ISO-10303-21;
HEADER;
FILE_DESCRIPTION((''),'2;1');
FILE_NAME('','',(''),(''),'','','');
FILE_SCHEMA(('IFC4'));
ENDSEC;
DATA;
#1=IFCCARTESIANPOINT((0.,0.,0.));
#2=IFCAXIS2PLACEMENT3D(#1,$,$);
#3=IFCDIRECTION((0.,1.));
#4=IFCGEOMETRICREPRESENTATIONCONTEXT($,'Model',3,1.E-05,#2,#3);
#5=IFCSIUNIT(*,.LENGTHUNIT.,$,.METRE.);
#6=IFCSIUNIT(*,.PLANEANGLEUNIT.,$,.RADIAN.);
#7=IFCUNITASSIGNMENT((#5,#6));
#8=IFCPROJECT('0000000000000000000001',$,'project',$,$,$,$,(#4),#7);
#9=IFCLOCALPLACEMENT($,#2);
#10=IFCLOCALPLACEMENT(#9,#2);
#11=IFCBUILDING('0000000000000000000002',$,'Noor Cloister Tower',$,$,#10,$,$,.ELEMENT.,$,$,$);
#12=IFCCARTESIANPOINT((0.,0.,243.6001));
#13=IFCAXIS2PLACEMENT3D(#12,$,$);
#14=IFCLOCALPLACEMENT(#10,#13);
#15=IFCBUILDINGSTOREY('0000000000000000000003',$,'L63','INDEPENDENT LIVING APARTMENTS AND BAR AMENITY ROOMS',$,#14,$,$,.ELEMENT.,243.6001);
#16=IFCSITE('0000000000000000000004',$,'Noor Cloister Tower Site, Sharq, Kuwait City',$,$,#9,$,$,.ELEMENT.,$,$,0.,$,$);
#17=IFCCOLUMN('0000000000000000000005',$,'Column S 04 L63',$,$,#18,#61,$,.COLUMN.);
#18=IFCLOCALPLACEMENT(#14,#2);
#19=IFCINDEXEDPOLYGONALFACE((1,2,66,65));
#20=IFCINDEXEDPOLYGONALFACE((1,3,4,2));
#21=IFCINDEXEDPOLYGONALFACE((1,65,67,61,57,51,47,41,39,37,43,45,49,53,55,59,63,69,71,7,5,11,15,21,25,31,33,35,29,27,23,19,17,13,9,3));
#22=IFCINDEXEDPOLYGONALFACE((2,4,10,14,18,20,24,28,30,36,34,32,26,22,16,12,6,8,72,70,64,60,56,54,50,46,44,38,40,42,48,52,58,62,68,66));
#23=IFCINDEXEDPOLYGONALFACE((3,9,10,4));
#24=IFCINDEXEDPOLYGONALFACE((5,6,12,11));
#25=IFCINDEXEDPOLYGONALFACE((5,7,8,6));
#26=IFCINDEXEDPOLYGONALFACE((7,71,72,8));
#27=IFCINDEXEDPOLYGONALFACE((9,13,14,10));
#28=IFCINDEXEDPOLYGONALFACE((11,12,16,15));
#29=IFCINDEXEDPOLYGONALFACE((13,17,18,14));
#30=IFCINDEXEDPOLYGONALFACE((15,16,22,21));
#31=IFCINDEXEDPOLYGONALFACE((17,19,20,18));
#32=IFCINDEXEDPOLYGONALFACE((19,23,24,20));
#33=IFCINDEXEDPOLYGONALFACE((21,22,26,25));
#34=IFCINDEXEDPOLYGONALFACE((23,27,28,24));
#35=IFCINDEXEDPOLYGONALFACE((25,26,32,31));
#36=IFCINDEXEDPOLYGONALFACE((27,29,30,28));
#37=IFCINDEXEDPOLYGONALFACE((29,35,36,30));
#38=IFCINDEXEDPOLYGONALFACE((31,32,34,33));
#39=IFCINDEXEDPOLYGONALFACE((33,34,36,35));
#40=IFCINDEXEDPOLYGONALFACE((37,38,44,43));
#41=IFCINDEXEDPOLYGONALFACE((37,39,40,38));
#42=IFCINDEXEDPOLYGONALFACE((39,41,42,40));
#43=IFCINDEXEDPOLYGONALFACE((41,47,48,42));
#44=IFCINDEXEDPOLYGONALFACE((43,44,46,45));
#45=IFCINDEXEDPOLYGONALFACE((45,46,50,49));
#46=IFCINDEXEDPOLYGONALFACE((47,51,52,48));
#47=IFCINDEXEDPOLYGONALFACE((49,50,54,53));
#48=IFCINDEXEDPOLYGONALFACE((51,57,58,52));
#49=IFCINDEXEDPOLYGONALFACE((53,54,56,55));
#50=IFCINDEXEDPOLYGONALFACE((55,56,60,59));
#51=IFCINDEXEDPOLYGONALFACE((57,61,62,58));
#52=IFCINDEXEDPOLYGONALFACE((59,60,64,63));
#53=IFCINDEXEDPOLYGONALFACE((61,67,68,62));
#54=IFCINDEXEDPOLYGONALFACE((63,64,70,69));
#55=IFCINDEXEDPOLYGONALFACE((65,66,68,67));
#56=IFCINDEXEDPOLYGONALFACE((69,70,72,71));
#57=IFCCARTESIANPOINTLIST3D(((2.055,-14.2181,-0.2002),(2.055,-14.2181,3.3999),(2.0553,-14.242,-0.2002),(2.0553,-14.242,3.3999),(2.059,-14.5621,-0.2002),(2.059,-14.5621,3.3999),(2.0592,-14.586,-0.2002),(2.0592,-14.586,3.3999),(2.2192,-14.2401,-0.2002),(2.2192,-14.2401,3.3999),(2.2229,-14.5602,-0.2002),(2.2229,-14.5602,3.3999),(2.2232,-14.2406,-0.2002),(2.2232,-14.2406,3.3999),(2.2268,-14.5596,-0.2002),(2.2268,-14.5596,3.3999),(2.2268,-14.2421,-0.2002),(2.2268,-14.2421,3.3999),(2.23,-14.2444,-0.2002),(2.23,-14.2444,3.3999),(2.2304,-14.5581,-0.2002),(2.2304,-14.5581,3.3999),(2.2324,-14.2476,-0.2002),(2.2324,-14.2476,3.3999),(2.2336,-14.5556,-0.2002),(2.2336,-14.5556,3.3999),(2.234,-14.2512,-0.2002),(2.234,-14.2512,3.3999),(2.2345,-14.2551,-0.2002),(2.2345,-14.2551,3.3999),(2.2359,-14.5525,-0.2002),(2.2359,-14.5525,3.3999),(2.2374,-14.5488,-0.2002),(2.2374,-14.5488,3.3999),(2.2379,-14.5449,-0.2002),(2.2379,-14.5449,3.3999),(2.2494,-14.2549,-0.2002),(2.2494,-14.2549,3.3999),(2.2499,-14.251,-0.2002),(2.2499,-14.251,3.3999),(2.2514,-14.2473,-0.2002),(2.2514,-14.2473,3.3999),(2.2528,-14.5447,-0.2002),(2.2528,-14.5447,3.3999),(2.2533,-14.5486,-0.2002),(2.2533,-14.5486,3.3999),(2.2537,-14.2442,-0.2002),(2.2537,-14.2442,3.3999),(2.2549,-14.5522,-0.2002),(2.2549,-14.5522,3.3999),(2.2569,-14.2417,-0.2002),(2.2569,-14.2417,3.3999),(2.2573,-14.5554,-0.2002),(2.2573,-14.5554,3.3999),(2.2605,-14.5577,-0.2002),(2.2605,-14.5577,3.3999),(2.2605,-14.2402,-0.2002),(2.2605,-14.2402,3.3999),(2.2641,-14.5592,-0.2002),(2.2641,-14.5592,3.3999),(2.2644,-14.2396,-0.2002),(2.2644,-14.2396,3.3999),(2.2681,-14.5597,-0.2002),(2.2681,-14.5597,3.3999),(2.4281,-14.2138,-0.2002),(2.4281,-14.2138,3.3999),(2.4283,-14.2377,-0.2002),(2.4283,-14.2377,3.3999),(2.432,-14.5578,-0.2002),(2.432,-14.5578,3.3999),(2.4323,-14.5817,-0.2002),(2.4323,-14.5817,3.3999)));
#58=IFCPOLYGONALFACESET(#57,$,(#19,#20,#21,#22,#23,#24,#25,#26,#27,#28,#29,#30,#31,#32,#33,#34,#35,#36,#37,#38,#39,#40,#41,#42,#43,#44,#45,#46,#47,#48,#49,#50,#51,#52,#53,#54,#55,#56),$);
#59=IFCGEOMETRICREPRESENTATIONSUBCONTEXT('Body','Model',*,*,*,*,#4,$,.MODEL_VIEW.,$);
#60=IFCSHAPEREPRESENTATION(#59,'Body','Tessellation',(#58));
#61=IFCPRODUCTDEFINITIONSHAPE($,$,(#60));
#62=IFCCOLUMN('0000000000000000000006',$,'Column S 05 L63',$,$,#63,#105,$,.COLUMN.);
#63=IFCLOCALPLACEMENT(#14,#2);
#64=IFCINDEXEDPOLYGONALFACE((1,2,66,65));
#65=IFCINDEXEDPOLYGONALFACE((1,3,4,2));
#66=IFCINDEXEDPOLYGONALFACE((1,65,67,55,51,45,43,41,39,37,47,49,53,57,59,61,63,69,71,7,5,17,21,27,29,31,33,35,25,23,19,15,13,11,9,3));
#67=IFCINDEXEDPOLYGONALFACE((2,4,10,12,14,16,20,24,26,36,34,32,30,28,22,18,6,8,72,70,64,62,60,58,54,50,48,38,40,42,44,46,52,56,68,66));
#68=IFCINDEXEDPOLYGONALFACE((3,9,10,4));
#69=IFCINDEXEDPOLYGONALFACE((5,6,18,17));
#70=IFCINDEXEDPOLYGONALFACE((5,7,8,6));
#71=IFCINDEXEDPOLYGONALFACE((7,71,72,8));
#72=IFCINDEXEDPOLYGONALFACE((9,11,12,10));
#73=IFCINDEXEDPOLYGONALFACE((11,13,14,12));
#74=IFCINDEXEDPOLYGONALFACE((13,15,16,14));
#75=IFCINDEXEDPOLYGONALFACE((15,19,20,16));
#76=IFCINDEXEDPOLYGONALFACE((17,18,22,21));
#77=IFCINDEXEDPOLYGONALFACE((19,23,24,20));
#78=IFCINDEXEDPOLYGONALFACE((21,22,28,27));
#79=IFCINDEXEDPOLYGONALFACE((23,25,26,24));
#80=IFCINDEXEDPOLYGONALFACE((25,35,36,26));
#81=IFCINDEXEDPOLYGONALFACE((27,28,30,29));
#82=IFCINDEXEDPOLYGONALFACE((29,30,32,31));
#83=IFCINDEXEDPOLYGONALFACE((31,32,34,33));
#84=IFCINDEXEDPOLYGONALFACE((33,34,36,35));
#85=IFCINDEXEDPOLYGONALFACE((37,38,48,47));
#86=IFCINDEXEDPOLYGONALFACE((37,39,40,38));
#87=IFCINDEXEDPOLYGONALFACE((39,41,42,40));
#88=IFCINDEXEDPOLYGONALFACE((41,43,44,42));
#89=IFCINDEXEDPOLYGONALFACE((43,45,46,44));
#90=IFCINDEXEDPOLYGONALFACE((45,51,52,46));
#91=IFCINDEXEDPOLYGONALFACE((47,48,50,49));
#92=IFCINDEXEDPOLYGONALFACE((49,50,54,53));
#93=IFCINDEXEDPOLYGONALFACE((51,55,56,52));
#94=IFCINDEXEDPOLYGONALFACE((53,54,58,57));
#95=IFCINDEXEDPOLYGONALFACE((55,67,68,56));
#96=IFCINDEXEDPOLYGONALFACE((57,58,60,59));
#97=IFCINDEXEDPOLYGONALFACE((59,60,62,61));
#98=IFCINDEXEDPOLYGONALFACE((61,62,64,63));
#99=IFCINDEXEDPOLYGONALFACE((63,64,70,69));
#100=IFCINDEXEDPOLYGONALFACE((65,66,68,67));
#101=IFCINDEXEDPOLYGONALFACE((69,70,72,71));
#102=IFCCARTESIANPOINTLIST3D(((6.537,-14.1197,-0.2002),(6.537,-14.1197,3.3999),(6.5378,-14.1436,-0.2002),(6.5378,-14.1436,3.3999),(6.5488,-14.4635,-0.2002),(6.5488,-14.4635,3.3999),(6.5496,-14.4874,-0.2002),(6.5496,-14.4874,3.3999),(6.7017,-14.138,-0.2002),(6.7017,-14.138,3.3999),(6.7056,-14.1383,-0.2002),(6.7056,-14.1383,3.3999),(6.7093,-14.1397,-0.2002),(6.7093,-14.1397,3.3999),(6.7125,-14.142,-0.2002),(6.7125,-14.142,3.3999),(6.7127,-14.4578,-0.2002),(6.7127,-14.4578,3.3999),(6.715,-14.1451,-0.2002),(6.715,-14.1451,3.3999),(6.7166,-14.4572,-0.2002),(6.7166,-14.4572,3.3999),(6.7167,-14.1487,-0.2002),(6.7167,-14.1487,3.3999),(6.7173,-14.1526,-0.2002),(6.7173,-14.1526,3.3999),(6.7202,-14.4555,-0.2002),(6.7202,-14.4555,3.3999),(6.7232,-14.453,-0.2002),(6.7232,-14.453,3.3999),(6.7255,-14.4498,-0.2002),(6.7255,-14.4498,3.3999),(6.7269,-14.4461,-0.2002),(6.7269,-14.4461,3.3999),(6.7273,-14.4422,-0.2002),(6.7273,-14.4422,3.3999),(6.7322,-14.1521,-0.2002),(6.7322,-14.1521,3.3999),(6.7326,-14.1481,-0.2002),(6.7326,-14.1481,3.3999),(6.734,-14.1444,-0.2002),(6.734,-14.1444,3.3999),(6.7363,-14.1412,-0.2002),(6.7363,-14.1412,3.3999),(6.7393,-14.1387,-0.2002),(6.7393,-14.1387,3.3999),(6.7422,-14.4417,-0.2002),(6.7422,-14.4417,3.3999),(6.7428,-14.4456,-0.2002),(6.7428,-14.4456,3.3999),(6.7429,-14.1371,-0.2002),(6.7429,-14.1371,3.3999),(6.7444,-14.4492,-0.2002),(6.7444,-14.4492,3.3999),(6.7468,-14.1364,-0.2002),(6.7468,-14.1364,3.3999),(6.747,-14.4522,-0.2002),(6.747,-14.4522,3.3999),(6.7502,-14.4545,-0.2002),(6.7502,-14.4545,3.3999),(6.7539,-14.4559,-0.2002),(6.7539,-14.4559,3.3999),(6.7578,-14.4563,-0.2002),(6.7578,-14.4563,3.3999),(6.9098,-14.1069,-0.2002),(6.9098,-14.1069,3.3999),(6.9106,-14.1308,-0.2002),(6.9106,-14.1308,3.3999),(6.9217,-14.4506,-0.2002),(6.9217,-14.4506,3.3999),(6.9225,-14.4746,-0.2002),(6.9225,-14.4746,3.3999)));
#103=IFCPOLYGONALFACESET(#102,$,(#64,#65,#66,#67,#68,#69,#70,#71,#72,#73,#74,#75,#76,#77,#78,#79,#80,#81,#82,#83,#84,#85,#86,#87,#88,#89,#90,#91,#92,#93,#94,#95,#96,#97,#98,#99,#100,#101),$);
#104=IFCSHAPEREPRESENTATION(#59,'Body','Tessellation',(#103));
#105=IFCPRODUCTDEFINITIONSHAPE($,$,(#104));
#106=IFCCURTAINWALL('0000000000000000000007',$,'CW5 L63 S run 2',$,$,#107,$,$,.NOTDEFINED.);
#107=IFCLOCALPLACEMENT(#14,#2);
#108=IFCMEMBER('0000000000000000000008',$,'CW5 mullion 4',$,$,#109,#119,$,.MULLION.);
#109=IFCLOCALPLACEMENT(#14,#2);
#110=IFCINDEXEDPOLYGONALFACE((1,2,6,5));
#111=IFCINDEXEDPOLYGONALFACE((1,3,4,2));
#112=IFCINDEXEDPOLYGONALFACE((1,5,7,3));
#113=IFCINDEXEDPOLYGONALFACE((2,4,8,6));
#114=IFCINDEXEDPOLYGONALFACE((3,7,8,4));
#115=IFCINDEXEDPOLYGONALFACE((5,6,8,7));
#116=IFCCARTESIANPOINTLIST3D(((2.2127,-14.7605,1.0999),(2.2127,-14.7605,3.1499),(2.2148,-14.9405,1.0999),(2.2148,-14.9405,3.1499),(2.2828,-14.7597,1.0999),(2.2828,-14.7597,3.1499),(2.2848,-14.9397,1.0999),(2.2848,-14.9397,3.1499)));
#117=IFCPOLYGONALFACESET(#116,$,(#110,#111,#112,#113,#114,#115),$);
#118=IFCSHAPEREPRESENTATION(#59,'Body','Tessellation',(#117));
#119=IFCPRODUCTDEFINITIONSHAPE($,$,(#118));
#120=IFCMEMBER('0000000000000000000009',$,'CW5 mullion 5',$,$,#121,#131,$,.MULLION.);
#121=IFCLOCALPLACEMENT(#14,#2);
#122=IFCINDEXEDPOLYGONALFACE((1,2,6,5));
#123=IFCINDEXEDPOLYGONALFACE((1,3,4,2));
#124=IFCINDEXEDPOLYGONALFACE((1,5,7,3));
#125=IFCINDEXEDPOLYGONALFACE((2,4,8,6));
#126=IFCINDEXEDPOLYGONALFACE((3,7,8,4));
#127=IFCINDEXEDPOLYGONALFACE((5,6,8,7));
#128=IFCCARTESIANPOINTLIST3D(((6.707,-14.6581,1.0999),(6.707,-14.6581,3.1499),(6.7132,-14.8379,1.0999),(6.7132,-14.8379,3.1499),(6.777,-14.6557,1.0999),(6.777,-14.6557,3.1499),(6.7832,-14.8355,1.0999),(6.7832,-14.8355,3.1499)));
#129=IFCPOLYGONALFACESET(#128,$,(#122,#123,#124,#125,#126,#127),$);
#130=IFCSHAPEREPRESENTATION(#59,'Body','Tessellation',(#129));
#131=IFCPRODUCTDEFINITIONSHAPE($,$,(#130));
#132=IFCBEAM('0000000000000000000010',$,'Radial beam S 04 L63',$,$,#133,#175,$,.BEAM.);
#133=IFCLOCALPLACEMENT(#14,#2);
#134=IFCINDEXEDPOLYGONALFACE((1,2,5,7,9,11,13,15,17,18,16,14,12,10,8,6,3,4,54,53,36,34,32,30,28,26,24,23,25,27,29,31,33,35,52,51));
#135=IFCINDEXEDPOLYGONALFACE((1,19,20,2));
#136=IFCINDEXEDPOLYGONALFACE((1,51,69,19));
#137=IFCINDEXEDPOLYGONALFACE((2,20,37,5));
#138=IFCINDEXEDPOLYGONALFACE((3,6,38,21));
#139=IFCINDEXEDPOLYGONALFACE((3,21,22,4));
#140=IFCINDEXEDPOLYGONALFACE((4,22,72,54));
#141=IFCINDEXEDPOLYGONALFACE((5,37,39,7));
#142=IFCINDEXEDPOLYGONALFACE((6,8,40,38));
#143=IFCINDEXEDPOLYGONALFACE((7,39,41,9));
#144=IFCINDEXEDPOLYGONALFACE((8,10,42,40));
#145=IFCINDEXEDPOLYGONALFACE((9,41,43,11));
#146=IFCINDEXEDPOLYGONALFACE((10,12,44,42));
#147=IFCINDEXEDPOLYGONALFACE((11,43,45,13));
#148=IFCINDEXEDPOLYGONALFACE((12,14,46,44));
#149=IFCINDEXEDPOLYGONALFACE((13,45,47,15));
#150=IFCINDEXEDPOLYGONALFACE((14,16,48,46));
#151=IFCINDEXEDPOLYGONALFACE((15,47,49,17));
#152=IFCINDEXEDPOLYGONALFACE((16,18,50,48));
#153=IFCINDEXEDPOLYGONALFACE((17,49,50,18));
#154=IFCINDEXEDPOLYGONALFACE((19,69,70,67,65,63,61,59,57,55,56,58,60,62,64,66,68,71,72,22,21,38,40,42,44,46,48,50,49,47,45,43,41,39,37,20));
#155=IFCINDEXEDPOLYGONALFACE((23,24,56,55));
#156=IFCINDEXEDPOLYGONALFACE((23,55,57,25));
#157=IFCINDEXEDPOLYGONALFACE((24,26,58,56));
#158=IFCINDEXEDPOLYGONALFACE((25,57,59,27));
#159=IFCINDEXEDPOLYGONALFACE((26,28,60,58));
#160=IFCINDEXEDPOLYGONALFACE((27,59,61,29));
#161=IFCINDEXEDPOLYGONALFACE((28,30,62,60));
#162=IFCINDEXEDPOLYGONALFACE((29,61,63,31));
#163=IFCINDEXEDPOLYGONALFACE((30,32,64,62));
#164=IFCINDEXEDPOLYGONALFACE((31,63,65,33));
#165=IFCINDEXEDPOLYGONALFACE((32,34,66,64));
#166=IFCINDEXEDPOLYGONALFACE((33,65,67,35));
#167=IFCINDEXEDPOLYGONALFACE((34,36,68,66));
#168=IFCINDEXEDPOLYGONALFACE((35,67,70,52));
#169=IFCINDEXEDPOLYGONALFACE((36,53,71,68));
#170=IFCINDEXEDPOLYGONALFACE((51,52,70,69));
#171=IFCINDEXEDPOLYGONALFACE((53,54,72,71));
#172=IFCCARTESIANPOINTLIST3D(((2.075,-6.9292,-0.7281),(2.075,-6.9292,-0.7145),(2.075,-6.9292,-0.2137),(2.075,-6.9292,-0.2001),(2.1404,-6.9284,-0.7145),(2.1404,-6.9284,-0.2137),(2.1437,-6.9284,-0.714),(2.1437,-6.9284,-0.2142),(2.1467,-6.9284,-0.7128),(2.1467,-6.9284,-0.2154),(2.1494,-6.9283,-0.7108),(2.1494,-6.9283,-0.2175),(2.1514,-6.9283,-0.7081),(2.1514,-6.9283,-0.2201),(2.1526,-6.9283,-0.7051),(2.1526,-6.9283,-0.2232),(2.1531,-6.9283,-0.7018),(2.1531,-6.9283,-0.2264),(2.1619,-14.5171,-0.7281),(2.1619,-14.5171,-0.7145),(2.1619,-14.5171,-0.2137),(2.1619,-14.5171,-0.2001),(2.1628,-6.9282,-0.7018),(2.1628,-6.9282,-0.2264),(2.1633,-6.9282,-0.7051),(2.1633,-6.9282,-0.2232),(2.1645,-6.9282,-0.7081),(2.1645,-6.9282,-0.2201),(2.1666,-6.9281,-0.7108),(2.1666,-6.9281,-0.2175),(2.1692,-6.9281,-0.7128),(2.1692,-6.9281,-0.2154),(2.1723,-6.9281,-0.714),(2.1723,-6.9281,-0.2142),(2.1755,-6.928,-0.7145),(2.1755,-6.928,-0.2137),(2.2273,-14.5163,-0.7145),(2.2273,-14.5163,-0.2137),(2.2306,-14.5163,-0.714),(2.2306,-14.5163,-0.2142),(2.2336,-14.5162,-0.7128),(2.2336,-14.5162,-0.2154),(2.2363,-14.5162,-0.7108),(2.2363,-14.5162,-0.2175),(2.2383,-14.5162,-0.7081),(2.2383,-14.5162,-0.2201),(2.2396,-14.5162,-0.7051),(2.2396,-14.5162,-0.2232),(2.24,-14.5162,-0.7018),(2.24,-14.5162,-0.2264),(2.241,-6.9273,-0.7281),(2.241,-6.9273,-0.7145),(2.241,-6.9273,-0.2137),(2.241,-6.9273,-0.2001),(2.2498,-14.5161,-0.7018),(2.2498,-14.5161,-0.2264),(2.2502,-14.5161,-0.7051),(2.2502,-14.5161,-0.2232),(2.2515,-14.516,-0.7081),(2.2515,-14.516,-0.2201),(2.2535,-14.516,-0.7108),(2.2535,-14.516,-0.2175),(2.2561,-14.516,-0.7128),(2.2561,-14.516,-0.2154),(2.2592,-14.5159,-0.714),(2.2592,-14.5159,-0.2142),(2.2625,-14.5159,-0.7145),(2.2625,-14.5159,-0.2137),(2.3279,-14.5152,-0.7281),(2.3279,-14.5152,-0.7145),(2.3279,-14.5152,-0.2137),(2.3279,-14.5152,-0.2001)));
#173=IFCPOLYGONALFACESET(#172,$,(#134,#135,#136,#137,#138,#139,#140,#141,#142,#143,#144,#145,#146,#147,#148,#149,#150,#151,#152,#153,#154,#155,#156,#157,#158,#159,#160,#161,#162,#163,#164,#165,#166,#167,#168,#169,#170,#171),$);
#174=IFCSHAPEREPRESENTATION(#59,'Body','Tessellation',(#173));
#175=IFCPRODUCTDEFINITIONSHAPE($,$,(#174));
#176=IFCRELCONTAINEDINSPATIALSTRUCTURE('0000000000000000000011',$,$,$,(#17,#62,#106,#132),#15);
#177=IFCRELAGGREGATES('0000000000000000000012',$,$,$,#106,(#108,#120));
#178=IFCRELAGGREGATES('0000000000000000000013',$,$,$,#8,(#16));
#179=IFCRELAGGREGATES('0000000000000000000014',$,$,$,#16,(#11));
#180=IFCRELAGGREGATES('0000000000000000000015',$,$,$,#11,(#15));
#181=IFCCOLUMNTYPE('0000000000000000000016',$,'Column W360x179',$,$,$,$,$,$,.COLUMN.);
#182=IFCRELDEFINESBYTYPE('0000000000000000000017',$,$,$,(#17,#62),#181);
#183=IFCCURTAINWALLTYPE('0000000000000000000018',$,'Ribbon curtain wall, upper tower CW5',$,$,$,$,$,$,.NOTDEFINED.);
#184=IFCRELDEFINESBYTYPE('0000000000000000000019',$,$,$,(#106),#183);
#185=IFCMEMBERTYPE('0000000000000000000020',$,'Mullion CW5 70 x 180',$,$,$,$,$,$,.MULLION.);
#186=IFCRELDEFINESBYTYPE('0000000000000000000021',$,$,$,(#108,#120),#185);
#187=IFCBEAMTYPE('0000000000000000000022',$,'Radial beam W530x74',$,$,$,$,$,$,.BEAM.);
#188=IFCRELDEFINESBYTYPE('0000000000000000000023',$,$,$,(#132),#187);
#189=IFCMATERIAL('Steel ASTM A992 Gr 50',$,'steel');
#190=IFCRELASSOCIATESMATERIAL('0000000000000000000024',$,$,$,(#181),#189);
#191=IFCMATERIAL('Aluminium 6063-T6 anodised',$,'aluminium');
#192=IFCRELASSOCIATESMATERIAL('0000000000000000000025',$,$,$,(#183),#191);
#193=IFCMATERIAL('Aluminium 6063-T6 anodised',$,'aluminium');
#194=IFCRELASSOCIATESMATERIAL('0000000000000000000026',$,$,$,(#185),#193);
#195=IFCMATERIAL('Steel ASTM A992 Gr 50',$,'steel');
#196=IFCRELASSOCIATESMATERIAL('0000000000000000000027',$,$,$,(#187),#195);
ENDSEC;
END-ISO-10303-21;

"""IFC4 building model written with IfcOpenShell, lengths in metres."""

from ifc_helpers import new_model, si_unit, direction, frame, origin, origin_2d, place, context, subcontext, project, spatial, rectangle, i_section, extrude, material, material_profile, profile_set, type_object, element, aggregate, save


model = new_model("IFC4")

# Units and contexts
model_context = context("Model", 3, precision=1e-05, world=origin(), true_north=direction((0.0, 1.0)))
body_context = subcontext(model_context, "Body", "Model", "MODEL_VIEW")
ifc_project = project(units=[si_unit("LENGTHUNIT", "METRE"), si_unit("PLANEANGLEUNIT", "RADIAN")], contexts=[model_context])

# Site, building, storey
site_placement = place(None, origin())
site = spatial("IfcSite", under=ifc_project, at=site_placement, Name="Noor Cloister Tower Site, Sharq, Kuwait City", CompositionType="ELEMENT", RefElevation=0.0)
building_placement = place(site_placement, origin())
building = spatial("IfcBuilding", under=site, at=building_placement, Name="Noor Cloister Tower", CompositionType="ELEMENT")
storey_placement = place(building_placement, frame((0.0, 0.0, 243.6001)))
storey = spatial("IfcBuildingStorey", under=building, at=storey_placement, Name="L63", Description="INDEPENDENT LIVING APARTMENTS AND BAR AMENITY ROOMS", CompositionType="ELEMENT", Elevation=243.6001)

# Columns
ifc_material_1 = material(Name="Steel ASTM A992 Gr 50", Category="steel")
ifc_material_profile_1 = material_profile(ifc_material_1, i_section(OverallWidth=0.373, OverallDepth=0.3679, WebThickness=0.0149, FlangeThickness=0.0239, FilletRadius=0.0151, at=origin_2d()), Name="W360x179")
ifc_profile_set_1 = profile_set([ifc_material_profile_1], Name="Steel ASTM A992 Gr 50")
column_type = type_object("IfcColumnType", Name="Column W360x179", PredefinedType="COLUMN", material=ifc_profile_set_1)
for number, where, z_axis, x_axis, name in (
    (1, (2.2437, -14.3999, -0.2002), (0.0, 0.0, 1.0), (0.999934, 0.011463, 0.0), "Column S 04 L63"),
    (2, (6.7297, -14.2971, -0.2002), (0.0, 0.0, 1.0), (0.999409, 0.034383, 0.0), "Column S 05 L63"),
):
    element("IfcColumn", number, at=place(storey_placement, frame(where, z_axis=z_axis, x_axis=x_axis)), inside=storey, type_object=column_type, Name=name, PredefinedType="COLUMN", context=body_context, shape_type="SweptSolid", body=[
        extrude(i_section(OverallWidth=0.373, OverallDepth=0.3679, WebThickness=0.0149, FlangeThickness=0.0239, FilletRadius=0.0151, at=origin_2d()), origin(), (0.0, 0.0, 1.0), 3.6001),
    ])

# Curtain wall, members
ifc_material_2 = material(Name="Aluminium 6063-T6 anodised", Category="aluminium")
curtain_wall_type = type_object("IfcCurtainWallType", Name="Ribbon curtain wall, upper tower CW5", PredefinedType="NOTDEFINED", material=ifc_material_2)
curtain_wall_placement = place(storey_placement, origin())
curtain_wall = element("IfcCurtainWall", 3, at=curtain_wall_placement, inside=storey, type_object=curtain_wall_type, Name="CW5 L63 S run 2", PredefinedType="NOTDEFINED")
ifc_material_3 = material(Name="Aluminium 6063-T6 anodised", Category="aluminium")
ifc_material_profile_2 = material_profile(ifc_material_3, rectangle(XDim=0.1799, YDim=0.0701, at=origin_2d()), Name="180 x 70 mullion")
ifc_profile_set_2 = profile_set([ifc_material_profile_2], Name="Aluminium 6063-T6 anodised")
member_type = type_object("IfcMemberType", Name="Mullion CW5 70 x 180", PredefinedType="MULLION", material=ifc_profile_set_2)
member_1_placement = place(storey_placement, frame((2.2488, -14.8501, 1.0999), z_axis=(0.0, 0.0, 1.0), x_axis=(-0.011463, 0.999934, 0.0)))
member_1 = element("IfcMember", 4, at=member_1_placement, type_object=member_type, Name="CW5 mullion 4", PredefinedType="MULLION", context=body_context, shape_type="SweptSolid", body=[
    extrude(rectangle(XDim=0.1799, YDim=0.0701, at=origin_2d()), origin(), (0.0, 0.0, 1.0), 2.05),
])
member_2_placement = place(storey_placement, frame((6.7451, -14.7468, 1.0999), z_axis=(0.0, 0.0, 1.0), x_axis=(-0.034383, 0.999409, 0.0)))
member_2 = element("IfcMember", 5, at=member_2_placement, type_object=member_type, Name="CW5 mullion 5", PredefinedType="MULLION", context=body_context, shape_type="SweptSolid", body=[
    extrude(rectangle(XDim=0.1799, YDim=0.0701, at=origin_2d()), origin(), (0.0, 0.0, 1.0), 2.05),
])

# Beam
ifc_material_4 = material(Name="Steel ASTM A992 Gr 50", Category="steel")
ifc_material_profile_3 = material_profile(ifc_material_4, i_section(OverallWidth=0.166, OverallDepth=0.5281, WebThickness=0.0098, FlangeThickness=0.0137, FilletRadius=0.0127, at=origin_2d()), Name="W530x74")
ifc_profile_set_3 = profile_set([ifc_material_profile_3], Name="Steel ASTM A992 Gr 50")
beam_type_1 = type_object("IfcBeamType", Name="Radial beam W530x74", PredefinedType="BEAM", material=ifc_profile_set_3)
beam_1_placement = place(storey_placement, frame((2.2449, -14.5161, -0.4641), z_axis=(-0.011454, 0.999934, 0.0), x_axis=(-0.999934, -0.011454, 0.0)))
element("IfcBeam", 6, at=beam_1_placement, inside=storey, type_object=beam_type_1, Name="Radial beam S 04 L63", PredefinedType="BEAM", context=body_context, shape_type="SweptSolid", body=[
    extrude(i_section(OverallWidth=0.166, OverallDepth=0.5281, WebThickness=0.0098, FlangeThickness=0.0137, FilletRadius=0.0127, at=origin_2d()), origin(), (0.0, 0.0, 1.0), 7.5884),
])

aggregate(curtain_wall, [member_1, member_2])

save(model, "model.ifc")
